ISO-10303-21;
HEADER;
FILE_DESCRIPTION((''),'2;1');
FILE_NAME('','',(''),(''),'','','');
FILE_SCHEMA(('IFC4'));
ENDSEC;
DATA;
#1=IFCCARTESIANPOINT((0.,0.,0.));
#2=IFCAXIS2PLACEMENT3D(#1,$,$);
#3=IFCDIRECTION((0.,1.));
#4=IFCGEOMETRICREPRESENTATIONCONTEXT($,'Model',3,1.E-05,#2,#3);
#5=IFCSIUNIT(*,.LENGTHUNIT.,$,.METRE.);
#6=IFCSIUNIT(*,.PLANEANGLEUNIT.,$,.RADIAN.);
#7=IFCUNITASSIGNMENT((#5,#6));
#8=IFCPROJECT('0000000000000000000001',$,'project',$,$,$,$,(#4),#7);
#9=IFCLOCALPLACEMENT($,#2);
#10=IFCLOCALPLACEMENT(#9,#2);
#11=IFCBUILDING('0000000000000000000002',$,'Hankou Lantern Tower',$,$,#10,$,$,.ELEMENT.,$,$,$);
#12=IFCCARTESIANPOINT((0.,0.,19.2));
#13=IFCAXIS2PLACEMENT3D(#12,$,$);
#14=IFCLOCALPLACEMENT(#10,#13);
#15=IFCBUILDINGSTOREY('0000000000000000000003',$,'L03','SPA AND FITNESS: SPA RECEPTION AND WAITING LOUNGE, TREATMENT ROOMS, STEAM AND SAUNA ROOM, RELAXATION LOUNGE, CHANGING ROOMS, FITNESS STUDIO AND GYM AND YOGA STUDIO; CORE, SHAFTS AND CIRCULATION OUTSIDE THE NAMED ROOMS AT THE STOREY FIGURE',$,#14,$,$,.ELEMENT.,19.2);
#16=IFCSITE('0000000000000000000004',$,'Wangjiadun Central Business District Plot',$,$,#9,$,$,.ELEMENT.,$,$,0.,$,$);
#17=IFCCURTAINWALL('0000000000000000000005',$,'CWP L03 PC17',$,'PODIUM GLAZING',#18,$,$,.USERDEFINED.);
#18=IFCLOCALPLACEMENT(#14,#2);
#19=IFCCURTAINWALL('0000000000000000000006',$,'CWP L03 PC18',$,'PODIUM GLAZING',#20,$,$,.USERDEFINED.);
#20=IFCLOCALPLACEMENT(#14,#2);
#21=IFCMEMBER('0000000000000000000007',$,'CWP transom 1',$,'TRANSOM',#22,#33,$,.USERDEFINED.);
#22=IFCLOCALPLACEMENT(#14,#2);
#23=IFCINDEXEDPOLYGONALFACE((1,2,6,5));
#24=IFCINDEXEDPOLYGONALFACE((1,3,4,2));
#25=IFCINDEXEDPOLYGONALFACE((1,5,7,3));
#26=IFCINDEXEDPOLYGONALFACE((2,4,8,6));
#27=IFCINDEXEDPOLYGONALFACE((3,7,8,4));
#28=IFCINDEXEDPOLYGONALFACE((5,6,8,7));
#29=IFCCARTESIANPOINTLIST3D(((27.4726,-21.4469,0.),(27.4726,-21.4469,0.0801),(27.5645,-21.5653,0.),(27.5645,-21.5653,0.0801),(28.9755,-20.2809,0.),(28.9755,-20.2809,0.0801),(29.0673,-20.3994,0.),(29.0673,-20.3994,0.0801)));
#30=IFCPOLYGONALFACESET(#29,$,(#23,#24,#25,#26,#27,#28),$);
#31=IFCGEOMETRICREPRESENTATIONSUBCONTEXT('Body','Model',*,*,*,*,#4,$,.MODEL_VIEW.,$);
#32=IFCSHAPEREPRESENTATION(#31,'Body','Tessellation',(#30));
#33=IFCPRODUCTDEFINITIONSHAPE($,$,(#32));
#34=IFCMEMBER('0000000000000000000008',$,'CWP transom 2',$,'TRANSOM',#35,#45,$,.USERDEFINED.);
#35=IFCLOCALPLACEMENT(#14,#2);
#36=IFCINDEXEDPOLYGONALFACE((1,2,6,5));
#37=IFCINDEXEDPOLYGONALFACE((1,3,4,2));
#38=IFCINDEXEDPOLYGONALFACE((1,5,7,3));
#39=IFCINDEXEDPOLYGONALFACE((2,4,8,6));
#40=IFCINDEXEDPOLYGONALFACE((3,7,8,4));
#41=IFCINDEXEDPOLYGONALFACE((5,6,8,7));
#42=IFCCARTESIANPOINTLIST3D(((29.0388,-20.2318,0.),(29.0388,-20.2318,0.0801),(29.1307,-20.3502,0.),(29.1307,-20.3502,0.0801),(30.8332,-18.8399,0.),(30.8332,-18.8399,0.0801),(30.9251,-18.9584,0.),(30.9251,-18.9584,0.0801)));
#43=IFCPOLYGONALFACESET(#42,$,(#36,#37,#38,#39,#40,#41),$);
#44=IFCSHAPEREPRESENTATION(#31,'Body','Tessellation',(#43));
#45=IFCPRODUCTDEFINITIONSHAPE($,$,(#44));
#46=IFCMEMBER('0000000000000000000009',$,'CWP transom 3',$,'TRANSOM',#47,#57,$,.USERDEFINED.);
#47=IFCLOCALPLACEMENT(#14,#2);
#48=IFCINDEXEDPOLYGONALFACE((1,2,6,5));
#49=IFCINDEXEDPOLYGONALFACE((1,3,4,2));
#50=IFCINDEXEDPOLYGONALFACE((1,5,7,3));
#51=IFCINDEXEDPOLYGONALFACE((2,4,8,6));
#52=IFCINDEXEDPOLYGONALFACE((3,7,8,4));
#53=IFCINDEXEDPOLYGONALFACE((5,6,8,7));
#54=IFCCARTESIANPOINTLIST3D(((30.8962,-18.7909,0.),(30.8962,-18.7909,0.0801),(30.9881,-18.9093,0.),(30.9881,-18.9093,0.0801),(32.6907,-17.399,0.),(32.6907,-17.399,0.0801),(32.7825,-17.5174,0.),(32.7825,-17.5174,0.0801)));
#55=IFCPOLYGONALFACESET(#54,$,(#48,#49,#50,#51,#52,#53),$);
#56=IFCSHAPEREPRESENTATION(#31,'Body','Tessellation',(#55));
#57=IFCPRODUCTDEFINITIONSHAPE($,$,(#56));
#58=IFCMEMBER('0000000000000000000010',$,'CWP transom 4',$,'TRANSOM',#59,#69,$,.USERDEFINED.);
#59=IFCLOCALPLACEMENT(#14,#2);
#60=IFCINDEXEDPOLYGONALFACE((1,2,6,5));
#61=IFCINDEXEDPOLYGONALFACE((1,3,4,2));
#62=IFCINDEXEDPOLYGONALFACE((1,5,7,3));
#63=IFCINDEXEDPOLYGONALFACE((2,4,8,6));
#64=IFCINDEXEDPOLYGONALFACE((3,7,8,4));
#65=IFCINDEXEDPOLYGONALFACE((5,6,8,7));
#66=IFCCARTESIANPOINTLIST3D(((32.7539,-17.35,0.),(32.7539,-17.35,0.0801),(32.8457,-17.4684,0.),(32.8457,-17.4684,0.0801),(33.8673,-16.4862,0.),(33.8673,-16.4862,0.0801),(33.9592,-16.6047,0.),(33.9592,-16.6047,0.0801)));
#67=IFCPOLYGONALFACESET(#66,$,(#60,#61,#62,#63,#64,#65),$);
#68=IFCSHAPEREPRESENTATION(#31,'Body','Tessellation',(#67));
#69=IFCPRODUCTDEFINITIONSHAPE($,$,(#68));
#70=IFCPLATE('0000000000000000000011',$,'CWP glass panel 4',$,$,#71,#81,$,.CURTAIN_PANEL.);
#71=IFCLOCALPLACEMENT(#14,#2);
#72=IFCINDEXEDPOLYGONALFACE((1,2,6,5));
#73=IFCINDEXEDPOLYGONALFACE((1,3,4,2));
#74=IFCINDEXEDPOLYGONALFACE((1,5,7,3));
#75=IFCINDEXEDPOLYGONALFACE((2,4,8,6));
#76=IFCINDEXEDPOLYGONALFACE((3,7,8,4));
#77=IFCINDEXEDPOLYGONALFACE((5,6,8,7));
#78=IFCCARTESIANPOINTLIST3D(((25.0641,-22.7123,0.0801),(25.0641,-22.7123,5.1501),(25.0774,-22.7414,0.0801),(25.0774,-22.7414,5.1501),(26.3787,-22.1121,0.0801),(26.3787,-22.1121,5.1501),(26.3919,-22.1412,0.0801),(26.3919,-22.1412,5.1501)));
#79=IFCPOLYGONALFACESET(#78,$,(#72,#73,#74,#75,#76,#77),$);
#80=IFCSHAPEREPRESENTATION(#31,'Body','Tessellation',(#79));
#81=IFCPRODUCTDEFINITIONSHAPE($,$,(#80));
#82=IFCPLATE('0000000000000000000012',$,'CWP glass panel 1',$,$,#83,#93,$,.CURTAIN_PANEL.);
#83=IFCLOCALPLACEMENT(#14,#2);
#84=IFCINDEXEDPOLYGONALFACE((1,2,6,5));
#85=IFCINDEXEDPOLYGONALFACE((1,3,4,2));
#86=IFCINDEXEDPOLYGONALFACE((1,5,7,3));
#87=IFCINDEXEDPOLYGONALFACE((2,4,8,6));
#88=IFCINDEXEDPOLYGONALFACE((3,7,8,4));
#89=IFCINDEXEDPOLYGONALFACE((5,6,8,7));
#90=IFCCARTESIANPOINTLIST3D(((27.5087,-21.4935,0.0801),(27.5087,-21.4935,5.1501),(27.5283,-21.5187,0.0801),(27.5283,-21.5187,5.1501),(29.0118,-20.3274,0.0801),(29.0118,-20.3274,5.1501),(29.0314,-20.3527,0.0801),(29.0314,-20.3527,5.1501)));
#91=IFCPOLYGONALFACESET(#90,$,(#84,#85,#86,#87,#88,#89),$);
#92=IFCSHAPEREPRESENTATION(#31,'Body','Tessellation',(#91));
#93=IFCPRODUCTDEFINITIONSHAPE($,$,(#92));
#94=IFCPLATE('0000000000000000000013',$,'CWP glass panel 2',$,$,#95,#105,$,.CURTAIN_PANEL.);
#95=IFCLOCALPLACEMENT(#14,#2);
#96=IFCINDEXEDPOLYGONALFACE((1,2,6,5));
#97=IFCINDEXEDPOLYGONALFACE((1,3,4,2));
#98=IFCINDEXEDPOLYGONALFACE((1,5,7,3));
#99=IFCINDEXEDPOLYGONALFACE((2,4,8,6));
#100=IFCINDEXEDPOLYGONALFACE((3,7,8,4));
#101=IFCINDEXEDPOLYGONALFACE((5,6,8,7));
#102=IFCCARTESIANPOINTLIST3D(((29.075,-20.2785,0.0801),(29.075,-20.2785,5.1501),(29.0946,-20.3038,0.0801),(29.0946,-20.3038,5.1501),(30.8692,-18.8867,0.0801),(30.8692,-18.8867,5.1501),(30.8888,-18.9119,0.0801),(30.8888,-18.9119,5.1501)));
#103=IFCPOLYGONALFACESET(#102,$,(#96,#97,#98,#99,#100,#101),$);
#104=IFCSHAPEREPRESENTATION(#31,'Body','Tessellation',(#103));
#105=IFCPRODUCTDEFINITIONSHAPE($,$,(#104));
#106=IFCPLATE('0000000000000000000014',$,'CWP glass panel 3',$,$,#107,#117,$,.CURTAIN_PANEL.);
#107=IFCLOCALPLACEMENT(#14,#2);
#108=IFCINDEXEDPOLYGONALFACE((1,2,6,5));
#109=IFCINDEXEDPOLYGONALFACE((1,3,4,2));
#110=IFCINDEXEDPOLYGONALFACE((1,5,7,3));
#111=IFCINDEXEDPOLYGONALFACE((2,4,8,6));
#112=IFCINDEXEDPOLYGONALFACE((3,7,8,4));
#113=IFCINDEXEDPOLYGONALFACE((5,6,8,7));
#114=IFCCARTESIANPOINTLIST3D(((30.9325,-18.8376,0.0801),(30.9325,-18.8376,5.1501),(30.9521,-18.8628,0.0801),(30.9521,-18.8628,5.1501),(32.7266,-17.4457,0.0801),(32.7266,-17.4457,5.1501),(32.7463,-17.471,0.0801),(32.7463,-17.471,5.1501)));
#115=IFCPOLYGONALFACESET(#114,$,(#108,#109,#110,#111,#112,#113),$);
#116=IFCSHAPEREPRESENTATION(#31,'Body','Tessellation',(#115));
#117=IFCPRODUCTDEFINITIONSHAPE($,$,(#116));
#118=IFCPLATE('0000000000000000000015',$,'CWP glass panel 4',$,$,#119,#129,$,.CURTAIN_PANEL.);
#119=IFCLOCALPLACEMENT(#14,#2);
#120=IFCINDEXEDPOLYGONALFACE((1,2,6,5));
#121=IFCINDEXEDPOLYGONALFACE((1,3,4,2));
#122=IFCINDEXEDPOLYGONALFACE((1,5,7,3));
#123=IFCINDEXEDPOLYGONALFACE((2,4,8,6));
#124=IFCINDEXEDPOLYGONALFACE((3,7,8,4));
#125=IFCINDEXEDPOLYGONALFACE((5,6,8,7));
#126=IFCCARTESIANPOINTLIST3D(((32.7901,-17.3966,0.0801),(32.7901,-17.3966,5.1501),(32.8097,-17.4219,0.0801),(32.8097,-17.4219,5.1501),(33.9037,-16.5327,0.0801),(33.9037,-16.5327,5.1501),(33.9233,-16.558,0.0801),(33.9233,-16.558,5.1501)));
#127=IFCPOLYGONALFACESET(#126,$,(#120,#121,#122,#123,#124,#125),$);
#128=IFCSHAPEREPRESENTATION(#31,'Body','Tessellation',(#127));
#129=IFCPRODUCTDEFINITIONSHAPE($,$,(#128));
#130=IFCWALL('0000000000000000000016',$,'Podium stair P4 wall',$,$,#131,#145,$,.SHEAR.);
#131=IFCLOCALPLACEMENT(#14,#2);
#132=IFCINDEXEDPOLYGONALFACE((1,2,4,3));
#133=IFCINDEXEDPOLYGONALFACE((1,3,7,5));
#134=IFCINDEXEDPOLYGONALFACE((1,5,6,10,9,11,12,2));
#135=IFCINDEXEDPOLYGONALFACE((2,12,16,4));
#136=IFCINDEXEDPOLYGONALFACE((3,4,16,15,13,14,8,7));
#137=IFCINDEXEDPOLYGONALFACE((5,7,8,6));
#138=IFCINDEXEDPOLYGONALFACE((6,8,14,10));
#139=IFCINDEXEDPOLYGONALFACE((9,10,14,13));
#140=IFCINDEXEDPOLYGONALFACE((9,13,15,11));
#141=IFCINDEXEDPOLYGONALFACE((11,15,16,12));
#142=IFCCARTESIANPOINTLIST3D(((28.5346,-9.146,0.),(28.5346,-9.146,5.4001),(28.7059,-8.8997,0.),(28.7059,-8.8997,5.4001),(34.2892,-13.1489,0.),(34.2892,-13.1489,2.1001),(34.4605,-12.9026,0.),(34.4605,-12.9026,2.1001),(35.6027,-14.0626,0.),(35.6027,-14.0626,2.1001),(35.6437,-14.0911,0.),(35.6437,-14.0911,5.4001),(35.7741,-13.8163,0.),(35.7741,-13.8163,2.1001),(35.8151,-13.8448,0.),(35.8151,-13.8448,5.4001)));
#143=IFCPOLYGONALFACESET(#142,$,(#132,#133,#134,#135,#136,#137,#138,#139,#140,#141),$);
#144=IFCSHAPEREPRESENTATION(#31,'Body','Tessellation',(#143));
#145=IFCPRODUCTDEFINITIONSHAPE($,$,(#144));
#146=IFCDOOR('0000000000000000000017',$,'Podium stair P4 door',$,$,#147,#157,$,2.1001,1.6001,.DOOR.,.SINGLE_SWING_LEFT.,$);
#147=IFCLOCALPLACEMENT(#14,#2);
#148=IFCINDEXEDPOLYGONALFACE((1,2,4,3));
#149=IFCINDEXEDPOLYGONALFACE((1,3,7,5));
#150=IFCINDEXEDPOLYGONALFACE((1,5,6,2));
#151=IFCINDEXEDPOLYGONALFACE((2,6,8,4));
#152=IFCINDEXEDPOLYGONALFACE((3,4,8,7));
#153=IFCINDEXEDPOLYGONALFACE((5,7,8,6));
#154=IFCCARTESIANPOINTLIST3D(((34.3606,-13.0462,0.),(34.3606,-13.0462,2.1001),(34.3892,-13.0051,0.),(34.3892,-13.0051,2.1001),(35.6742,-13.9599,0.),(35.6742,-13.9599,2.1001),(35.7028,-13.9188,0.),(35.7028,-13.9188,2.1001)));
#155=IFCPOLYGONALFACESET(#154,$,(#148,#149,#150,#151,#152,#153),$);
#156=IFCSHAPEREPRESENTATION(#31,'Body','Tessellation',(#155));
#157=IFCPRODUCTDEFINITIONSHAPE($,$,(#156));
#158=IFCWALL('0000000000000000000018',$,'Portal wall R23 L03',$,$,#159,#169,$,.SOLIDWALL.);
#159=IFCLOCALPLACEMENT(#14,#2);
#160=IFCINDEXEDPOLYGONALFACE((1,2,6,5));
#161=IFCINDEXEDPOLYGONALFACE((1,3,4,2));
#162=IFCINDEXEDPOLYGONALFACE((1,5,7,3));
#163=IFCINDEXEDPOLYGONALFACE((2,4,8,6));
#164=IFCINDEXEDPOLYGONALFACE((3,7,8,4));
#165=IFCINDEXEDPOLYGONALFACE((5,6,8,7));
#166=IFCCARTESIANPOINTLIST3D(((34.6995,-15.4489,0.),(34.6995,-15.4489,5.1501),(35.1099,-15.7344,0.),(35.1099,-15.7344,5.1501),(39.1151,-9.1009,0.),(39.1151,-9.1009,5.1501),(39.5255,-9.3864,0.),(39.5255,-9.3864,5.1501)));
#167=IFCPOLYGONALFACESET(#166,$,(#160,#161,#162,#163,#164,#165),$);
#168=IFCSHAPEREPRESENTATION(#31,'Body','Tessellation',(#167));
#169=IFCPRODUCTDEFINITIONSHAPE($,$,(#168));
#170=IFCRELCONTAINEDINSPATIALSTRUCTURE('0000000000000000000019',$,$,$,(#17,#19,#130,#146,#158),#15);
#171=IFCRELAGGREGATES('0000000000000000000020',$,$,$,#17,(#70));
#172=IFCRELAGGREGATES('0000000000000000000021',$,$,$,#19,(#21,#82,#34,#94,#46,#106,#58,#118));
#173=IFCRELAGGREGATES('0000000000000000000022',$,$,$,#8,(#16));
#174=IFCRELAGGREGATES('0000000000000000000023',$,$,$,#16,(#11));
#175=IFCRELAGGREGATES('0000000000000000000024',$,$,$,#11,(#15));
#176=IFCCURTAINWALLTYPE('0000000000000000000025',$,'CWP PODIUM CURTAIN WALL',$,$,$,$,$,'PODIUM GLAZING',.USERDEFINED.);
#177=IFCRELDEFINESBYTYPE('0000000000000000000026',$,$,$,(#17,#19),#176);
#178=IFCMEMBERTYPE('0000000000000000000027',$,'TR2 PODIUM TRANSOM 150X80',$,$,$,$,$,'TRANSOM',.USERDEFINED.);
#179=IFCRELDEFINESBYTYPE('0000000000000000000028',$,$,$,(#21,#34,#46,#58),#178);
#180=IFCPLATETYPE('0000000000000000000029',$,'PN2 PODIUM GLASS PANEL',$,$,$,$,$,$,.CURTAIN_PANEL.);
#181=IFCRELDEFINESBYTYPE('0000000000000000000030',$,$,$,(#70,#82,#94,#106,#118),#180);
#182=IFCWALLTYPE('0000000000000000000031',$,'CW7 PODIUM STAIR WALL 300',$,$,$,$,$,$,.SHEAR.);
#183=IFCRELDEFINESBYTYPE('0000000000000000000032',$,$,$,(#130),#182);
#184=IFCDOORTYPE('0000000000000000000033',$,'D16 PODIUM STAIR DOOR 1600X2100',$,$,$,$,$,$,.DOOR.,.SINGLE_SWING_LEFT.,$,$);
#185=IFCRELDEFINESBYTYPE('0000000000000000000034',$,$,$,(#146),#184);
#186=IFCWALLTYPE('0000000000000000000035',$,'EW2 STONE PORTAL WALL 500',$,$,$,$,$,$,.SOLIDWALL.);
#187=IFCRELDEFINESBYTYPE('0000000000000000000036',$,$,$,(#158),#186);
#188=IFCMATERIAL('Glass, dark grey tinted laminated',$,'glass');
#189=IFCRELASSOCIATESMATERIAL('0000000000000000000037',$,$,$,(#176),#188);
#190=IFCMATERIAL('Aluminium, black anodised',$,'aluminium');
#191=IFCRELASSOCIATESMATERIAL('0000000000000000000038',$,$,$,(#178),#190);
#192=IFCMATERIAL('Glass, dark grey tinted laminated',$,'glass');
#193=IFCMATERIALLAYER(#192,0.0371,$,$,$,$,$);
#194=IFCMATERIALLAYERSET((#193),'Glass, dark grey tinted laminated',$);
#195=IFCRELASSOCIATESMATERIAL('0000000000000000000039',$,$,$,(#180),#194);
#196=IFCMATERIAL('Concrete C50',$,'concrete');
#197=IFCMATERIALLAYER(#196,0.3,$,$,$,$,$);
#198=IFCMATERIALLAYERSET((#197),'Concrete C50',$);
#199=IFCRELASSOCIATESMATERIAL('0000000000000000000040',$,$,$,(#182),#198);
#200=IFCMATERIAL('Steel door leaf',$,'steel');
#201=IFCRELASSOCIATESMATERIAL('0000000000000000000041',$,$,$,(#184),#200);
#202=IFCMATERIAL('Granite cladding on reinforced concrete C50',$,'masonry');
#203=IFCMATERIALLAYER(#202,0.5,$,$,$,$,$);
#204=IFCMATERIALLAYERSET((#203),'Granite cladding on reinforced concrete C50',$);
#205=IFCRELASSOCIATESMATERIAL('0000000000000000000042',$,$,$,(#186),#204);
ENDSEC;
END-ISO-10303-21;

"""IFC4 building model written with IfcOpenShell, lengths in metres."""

from ifc_helpers import new_model, si_unit, direction, frame, frame_2d, origin, origin_2d, place, context, subcontext, project, spatial, rectangle, extrude, material, layer, layer_set, material_profile, profile_set, type_object, element, fill, aggregate, save


model = new_model("IFC4")

# Units and contexts
model_context = context("Model", 3, precision=1e-05, world=origin(), true_north=direction((0.0, 1.0)))
body_context = subcontext(model_context, "Body", "Model", "MODEL_VIEW")
ifc_project = project(units=[si_unit("LENGTHUNIT", "METRE"), si_unit("PLANEANGLEUNIT", "RADIAN")], contexts=[model_context])

# Site, building, storey
site_placement = place(None, origin())
site = spatial("IfcSite", under=ifc_project, at=site_placement, Name="Wangjiadun Central Business District Plot", CompositionType="ELEMENT", RefElevation=0.0)
building_placement = place(site_placement, origin())
building = spatial("IfcBuilding", under=site, at=building_placement, Name="Hankou Lantern Tower", CompositionType="ELEMENT")
storey_placement = place(building_placement, frame((0.0, 0.0, 19.2)))
storey = spatial("IfcBuildingStorey", under=building, at=storey_placement, Name="L03", Description="SPA AND FITNESS: SPA RECEPTION AND WAITING LOUNGE, TREATMENT ROOMS, STEAM AND SAUNA ROOM, RELAXATION LOUNGE, CHANGING ROOMS, FITNESS STUDIO AND GYM AND YOGA STUDIO; CORE, SHAFTS AND CIRCULATION OUTSIDE THE NAMED ROOMS AT THE STOREY FIGURE", CompositionType="ELEMENT", Elevation=19.2)

# Curtain wall
ifc_material_1 = material(Name="Glass, dark grey tinted laminated", Category="glass")
curtain_wall_type = type_object("IfcCurtainWallType", Name="CWP PODIUM CURTAIN WALL", ElementType="PODIUM GLAZING", PredefinedType="USERDEFINED", material=ifc_material_1)
curtain_wall_1_placement = place(storey_placement, origin())
curtain_wall_1 = element("IfcCurtainWall", 1, at=curtain_wall_1_placement, inside=storey, type_object=curtain_wall_type, Name="CWP L03 PC17", ObjectType="PODIUM GLAZING", PredefinedType="USERDEFINED")

# Curtain wall
curtain_wall_2_placement = place(storey_placement, origin())
curtain_wall_2 = element("IfcCurtainWall", 2, at=curtain_wall_2_placement, inside=storey, type_object=curtain_wall_type, Name="CWP L03 PC18", ObjectType="PODIUM GLAZING", PredefinedType="USERDEFINED")

# Members
ifc_material_2 = material(Name="Aluminium, black anodised", Category="aluminium")
ifc_material_profile_1 = material_profile(ifc_material_2, rectangle(XDim=0.1499, YDim=0.0801, at=origin_2d()), Name="TR2 150X80")
ifc_profile_set_1 = profile_set([ifc_material_profile_1], Name="Aluminium, black anodised")
member_type_1 = type_object("IfcMemberType", Name="TR2 PODIUM TRANSOM 150X80", ElementType="TRANSOM", PredefinedType="USERDEFINED", material=ifc_profile_set_1)
member_1_placement = place(storey_placement, frame((27.5186, -21.5061, 0.04), z_axis=(0.790098, 0.612981, 0.0), x_axis=(-0.612981, 0.790098, 0.0)))
member_1 = element("IfcMember", 3, at=member_1_placement, type_object=member_type_1, Name="CWP transom 1", ObjectType="TRANSOM", PredefinedType="USERDEFINED", context=body_context, shape_type="SweptSolid", body=[
    extrude(rectangle(XDim=0.1499, YDim=0.0801, at=origin_2d()), origin(), (0.0, 0.0, 1.0), 1.9021),
])
member_2_placement = place(storey_placement, frame((29.0847, -20.291, 0.04), z_axis=(0.790168, 0.612891, 0.0), x_axis=(-0.612891, 0.790168, 0.0)))
member_2 = element("IfcMember", 4, at=member_2_placement, type_object=member_type_1, Name="CWP transom 2", ObjectType="TRANSOM", PredefinedType="USERDEFINED", context=body_context, shape_type="SweptSolid", body=[
    extrude(rectangle(XDim=0.1499, YDim=0.0801, at=origin_2d()), origin(), (0.0, 0.0, 1.0), 2.271),
])
member_3_placement = place(storey_placement, frame((30.9421, -18.8501, 0.04), z_axis=(0.790168, 0.612891, 0.0), x_axis=(-0.612891, 0.790168, 0.0)))
member_3 = element("IfcMember", 5, at=member_3_placement, type_object=member_type_1, Name="CWP transom 3", ObjectType="TRANSOM", PredefinedType="USERDEFINED", context=body_context, shape_type="SweptSolid", body=[
    extrude(rectangle(XDim=0.1499, YDim=0.0801, at=origin_2d()), origin(), (0.0, 0.0, 1.0), 2.271),
])
member_4_placement = place(storey_placement, frame((32.7998, -17.4092, 0.04), z_axis=(0.790144, 0.612921, 0.0), x_axis=(-0.612921, 0.790144, 0.0)))
member_4 = element("IfcMember", 6, at=member_4_placement, type_object=member_type_1, Name="CWP transom 4", ObjectType="TRANSOM", PredefinedType="USERDEFINED", context=body_context, shape_type="SweptSolid", body=[
    extrude(rectangle(XDim=0.1499, YDim=0.0801, at=origin_2d()), origin(), (0.0, 0.0, 1.0), 1.4092),
])

# Plates
ifc_material_3 = material(Name="Glass, dark grey tinted laminated", Category="glass")
ifc_layer_1 = layer(ifc_material_3, 0.0371)
ifc_layer_set_1 = layer_set([ifc_layer_1], Name="Glass, dark grey tinted laminated")
plate_type = type_object("IfcPlateType", Name="PN2 PODIUM GLASS PANEL", PredefinedType="CURTAIN_PANEL", material=ifc_layer_set_1)
plate_1_placement = place(storey_placement, frame((25.728, -22.4268, 0.0801), z_axis=(0.0, 0.0, 1.0), x_axis=(0.90967, 0.415332, 0.0)))
plate_1 = element("IfcPlate", 7, at=plate_1_placement, type_object=plate_type, Name="CWP glass panel 4", PredefinedType="CURTAIN_PANEL", context=body_context, shape_type="SweptSolid", body=[
    extrude(rectangle(XDim=1.4451, YDim=0.032, at=origin_2d()), origin(), (0.0, 0.0, 1.0), 5.0701),
])
aggregate(curtain_wall_1, [plate_1])
plate_2_placement = place(storey_placement, frame((28.27, -20.9231, 0.0801), z_axis=(0.0, 0.0, 1.0), x_axis=(0.79013, 0.61294, 0.0)))
plate_2 = element("IfcPlate", 8, at=plate_2_placement, type_object=plate_type, Name="CWP glass panel 1", PredefinedType="CURTAIN_PANEL", context=body_context, shape_type="SweptSolid", body=[
    extrude(rectangle(XDim=1.9023, YDim=0.032, at=origin_2d()), origin(), (0.0, 0.0, 1.0), 5.0701),
])
plate_3_placement = place(storey_placement, frame((29.9819, -19.5952, 0.0801), z_axis=(0.0, 0.0, 1.0), x_axis=(0.79013, 0.61294, 0.0)))
plate_3 = element("IfcPlate", 9, at=plate_3_placement, type_object=plate_type, Name="CWP glass panel 2", PredefinedType="CURTAIN_PANEL", context=body_context, shape_type="SweptSolid", body=[
    extrude(rectangle(XDim=2.2708, YDim=0.032, at=origin_2d()), origin(), (0.0, 0.0, 1.0), 5.0701),
])
plate_4_placement = place(storey_placement, frame((31.8394, -18.1543, 0.0801), z_axis=(0.0, 0.0, 1.0), x_axis=(0.79013, 0.61294, 0.0)))
plate_4 = element("IfcPlate", 10, at=plate_4_placement, type_object=plate_type, Name="CWP glass panel 3", PredefinedType="CURTAIN_PANEL", context=body_context, shape_type="SweptSolid", body=[
    extrude(rectangle(XDim=2.2708, YDim=0.032, at=origin_2d()), origin(), (0.0, 0.0, 1.0), 5.0701),
])
plate_5_placement = place(storey_placement, frame((33.3567, -16.9773, 0.0801), z_axis=(0.0, 0.0, 1.0), x_axis=(0.79013, 0.61294, 0.0)))
plate_5 = element("IfcPlate", 11, at=plate_5_placement, type_object=plate_type, Name="CWP glass panel 4", PredefinedType="CURTAIN_PANEL", context=body_context, shape_type="SweptSolid", body=[
    extrude(rectangle(XDim=1.4094, YDim=0.032, at=origin_2d()), origin(), (0.0, 0.0, 1.0), 5.0701),
])
aggregate(curtain_wall_2, [member_1, plate_2, member_2, plate_3, member_3, plate_4, member_4, plate_5])

# Wall, opening, door
ifc_material_4 = material(Name="Concrete C50", Category="concrete")
ifc_layer_2 = layer(ifc_material_4, 0.3)
ifc_layer_set_2 = layer_set([ifc_layer_2], Name="Concrete C50")
wall_type_1 = type_object("IfcWallType", Name="CW7 PODIUM STAIR WALL 300", PredefinedType="SHEAR", material=ifc_layer_set_2)
wall_1_placement = place(storey_placement, frame((35.7295, -13.968, 0.0), z_axis=(0.0, 0.0, 1.0), x_axis=(-0.820928, 0.571032, 0.0)))
wall_1 = element("IfcWall", 12, at=wall_1_placement, inside=storey, type_object=wall_type_1, Name="Podium stair P4 wall", PredefinedType="SHEAR", context=body_context, shape_type="SweptSolid", body=[
    extrude(rectangle(XDim=8.6599, YDim=0.3, at=frame_2d((4.3301, 0.0))), origin(), (0.0, 0.0, 1.0), 5.4001),
])
opening_placement = place(wall_1_placement, frame((0.05, 0.0, 0.0)))
opening = element("IfcOpeningElement", 13, at=opening_placement, cuts=wall_1, PredefinedType="OPENING", context=body_context, shape_type="SweptSolid", body=[
    extrude(rectangle(XDim=1.6001, YDim=2.1001, at=frame_2d((0.8, 1.05))), frame((0.0, 0.1599, 0.0), z_axis=(0.0, -1.0, 0.0), x_axis=(1.0, 0.0, 0.0)), (0.0, 0.0, 1.0), 0.3201),
])
ifc_material_5 = material(Name="Steel door leaf", Category="steel")
door_type = type_object("IfcDoorType", Name="D16 PODIUM STAIR DOOR 1600X2100", OperationType="SINGLE_SWING_LEFT", PredefinedType="DOOR", material=ifc_material_5)
door_placement = place(opening_placement, origin())
door = element("IfcDoor", 14, at=door_placement, inside=storey, type_object=door_type, Name="Podium stair P4 door", OperationType="SINGLE_SWING_LEFT", OverallHeight=2.1001, OverallWidth=1.6001, PredefinedType="DOOR", context=body_context, shape_type="SweptSolid", body=[
    extrude(rectangle(XDim=1.6001, YDim=2.1001, at=frame_2d((0.8, 1.05))), frame((0.0, 0.0249, 0.0), z_axis=(0.0, -1.0, 0.0), x_axis=(1.0, 0.0, 0.0)), (0.0, 0.0, 1.0), 0.05),
])
fill(opening, door)

# Wall
ifc_material_6 = material(Name="Granite cladding on reinforced concrete C50", Category="masonry")
ifc_layer_3 = layer(ifc_material_6, 0.5)
ifc_layer_set_3 = layer_set([ifc_layer_3], Name="Granite cladding on reinforced concrete C50")
wall_type_2 = type_object("IfcWallType", Name="EW2 STONE PORTAL WALL 500", PredefinedType="SOLIDWALL", material=ifc_layer_set_3)
wall_2_placement = place(storey_placement, frame((34.9048, -15.5916, 0.0), z_axis=(0.0, 0.0, 1.0), x_axis=(0.571029, 0.82093, 0.0)))
element("IfcWall", 15, at=wall_2_placement, inside=storey, type_object=wall_type_2, Name="Portal wall R23 L03", PredefinedType="SOLIDWALL", context=body_context, shape_type="SweptSolid", body=[
    extrude(rectangle(XDim=7.7327, YDim=0.5, at=frame_2d((3.8662, 0.0))), origin(), (0.0, 0.0, 1.0), 5.1501),
])

save(model, "model.ifc")
